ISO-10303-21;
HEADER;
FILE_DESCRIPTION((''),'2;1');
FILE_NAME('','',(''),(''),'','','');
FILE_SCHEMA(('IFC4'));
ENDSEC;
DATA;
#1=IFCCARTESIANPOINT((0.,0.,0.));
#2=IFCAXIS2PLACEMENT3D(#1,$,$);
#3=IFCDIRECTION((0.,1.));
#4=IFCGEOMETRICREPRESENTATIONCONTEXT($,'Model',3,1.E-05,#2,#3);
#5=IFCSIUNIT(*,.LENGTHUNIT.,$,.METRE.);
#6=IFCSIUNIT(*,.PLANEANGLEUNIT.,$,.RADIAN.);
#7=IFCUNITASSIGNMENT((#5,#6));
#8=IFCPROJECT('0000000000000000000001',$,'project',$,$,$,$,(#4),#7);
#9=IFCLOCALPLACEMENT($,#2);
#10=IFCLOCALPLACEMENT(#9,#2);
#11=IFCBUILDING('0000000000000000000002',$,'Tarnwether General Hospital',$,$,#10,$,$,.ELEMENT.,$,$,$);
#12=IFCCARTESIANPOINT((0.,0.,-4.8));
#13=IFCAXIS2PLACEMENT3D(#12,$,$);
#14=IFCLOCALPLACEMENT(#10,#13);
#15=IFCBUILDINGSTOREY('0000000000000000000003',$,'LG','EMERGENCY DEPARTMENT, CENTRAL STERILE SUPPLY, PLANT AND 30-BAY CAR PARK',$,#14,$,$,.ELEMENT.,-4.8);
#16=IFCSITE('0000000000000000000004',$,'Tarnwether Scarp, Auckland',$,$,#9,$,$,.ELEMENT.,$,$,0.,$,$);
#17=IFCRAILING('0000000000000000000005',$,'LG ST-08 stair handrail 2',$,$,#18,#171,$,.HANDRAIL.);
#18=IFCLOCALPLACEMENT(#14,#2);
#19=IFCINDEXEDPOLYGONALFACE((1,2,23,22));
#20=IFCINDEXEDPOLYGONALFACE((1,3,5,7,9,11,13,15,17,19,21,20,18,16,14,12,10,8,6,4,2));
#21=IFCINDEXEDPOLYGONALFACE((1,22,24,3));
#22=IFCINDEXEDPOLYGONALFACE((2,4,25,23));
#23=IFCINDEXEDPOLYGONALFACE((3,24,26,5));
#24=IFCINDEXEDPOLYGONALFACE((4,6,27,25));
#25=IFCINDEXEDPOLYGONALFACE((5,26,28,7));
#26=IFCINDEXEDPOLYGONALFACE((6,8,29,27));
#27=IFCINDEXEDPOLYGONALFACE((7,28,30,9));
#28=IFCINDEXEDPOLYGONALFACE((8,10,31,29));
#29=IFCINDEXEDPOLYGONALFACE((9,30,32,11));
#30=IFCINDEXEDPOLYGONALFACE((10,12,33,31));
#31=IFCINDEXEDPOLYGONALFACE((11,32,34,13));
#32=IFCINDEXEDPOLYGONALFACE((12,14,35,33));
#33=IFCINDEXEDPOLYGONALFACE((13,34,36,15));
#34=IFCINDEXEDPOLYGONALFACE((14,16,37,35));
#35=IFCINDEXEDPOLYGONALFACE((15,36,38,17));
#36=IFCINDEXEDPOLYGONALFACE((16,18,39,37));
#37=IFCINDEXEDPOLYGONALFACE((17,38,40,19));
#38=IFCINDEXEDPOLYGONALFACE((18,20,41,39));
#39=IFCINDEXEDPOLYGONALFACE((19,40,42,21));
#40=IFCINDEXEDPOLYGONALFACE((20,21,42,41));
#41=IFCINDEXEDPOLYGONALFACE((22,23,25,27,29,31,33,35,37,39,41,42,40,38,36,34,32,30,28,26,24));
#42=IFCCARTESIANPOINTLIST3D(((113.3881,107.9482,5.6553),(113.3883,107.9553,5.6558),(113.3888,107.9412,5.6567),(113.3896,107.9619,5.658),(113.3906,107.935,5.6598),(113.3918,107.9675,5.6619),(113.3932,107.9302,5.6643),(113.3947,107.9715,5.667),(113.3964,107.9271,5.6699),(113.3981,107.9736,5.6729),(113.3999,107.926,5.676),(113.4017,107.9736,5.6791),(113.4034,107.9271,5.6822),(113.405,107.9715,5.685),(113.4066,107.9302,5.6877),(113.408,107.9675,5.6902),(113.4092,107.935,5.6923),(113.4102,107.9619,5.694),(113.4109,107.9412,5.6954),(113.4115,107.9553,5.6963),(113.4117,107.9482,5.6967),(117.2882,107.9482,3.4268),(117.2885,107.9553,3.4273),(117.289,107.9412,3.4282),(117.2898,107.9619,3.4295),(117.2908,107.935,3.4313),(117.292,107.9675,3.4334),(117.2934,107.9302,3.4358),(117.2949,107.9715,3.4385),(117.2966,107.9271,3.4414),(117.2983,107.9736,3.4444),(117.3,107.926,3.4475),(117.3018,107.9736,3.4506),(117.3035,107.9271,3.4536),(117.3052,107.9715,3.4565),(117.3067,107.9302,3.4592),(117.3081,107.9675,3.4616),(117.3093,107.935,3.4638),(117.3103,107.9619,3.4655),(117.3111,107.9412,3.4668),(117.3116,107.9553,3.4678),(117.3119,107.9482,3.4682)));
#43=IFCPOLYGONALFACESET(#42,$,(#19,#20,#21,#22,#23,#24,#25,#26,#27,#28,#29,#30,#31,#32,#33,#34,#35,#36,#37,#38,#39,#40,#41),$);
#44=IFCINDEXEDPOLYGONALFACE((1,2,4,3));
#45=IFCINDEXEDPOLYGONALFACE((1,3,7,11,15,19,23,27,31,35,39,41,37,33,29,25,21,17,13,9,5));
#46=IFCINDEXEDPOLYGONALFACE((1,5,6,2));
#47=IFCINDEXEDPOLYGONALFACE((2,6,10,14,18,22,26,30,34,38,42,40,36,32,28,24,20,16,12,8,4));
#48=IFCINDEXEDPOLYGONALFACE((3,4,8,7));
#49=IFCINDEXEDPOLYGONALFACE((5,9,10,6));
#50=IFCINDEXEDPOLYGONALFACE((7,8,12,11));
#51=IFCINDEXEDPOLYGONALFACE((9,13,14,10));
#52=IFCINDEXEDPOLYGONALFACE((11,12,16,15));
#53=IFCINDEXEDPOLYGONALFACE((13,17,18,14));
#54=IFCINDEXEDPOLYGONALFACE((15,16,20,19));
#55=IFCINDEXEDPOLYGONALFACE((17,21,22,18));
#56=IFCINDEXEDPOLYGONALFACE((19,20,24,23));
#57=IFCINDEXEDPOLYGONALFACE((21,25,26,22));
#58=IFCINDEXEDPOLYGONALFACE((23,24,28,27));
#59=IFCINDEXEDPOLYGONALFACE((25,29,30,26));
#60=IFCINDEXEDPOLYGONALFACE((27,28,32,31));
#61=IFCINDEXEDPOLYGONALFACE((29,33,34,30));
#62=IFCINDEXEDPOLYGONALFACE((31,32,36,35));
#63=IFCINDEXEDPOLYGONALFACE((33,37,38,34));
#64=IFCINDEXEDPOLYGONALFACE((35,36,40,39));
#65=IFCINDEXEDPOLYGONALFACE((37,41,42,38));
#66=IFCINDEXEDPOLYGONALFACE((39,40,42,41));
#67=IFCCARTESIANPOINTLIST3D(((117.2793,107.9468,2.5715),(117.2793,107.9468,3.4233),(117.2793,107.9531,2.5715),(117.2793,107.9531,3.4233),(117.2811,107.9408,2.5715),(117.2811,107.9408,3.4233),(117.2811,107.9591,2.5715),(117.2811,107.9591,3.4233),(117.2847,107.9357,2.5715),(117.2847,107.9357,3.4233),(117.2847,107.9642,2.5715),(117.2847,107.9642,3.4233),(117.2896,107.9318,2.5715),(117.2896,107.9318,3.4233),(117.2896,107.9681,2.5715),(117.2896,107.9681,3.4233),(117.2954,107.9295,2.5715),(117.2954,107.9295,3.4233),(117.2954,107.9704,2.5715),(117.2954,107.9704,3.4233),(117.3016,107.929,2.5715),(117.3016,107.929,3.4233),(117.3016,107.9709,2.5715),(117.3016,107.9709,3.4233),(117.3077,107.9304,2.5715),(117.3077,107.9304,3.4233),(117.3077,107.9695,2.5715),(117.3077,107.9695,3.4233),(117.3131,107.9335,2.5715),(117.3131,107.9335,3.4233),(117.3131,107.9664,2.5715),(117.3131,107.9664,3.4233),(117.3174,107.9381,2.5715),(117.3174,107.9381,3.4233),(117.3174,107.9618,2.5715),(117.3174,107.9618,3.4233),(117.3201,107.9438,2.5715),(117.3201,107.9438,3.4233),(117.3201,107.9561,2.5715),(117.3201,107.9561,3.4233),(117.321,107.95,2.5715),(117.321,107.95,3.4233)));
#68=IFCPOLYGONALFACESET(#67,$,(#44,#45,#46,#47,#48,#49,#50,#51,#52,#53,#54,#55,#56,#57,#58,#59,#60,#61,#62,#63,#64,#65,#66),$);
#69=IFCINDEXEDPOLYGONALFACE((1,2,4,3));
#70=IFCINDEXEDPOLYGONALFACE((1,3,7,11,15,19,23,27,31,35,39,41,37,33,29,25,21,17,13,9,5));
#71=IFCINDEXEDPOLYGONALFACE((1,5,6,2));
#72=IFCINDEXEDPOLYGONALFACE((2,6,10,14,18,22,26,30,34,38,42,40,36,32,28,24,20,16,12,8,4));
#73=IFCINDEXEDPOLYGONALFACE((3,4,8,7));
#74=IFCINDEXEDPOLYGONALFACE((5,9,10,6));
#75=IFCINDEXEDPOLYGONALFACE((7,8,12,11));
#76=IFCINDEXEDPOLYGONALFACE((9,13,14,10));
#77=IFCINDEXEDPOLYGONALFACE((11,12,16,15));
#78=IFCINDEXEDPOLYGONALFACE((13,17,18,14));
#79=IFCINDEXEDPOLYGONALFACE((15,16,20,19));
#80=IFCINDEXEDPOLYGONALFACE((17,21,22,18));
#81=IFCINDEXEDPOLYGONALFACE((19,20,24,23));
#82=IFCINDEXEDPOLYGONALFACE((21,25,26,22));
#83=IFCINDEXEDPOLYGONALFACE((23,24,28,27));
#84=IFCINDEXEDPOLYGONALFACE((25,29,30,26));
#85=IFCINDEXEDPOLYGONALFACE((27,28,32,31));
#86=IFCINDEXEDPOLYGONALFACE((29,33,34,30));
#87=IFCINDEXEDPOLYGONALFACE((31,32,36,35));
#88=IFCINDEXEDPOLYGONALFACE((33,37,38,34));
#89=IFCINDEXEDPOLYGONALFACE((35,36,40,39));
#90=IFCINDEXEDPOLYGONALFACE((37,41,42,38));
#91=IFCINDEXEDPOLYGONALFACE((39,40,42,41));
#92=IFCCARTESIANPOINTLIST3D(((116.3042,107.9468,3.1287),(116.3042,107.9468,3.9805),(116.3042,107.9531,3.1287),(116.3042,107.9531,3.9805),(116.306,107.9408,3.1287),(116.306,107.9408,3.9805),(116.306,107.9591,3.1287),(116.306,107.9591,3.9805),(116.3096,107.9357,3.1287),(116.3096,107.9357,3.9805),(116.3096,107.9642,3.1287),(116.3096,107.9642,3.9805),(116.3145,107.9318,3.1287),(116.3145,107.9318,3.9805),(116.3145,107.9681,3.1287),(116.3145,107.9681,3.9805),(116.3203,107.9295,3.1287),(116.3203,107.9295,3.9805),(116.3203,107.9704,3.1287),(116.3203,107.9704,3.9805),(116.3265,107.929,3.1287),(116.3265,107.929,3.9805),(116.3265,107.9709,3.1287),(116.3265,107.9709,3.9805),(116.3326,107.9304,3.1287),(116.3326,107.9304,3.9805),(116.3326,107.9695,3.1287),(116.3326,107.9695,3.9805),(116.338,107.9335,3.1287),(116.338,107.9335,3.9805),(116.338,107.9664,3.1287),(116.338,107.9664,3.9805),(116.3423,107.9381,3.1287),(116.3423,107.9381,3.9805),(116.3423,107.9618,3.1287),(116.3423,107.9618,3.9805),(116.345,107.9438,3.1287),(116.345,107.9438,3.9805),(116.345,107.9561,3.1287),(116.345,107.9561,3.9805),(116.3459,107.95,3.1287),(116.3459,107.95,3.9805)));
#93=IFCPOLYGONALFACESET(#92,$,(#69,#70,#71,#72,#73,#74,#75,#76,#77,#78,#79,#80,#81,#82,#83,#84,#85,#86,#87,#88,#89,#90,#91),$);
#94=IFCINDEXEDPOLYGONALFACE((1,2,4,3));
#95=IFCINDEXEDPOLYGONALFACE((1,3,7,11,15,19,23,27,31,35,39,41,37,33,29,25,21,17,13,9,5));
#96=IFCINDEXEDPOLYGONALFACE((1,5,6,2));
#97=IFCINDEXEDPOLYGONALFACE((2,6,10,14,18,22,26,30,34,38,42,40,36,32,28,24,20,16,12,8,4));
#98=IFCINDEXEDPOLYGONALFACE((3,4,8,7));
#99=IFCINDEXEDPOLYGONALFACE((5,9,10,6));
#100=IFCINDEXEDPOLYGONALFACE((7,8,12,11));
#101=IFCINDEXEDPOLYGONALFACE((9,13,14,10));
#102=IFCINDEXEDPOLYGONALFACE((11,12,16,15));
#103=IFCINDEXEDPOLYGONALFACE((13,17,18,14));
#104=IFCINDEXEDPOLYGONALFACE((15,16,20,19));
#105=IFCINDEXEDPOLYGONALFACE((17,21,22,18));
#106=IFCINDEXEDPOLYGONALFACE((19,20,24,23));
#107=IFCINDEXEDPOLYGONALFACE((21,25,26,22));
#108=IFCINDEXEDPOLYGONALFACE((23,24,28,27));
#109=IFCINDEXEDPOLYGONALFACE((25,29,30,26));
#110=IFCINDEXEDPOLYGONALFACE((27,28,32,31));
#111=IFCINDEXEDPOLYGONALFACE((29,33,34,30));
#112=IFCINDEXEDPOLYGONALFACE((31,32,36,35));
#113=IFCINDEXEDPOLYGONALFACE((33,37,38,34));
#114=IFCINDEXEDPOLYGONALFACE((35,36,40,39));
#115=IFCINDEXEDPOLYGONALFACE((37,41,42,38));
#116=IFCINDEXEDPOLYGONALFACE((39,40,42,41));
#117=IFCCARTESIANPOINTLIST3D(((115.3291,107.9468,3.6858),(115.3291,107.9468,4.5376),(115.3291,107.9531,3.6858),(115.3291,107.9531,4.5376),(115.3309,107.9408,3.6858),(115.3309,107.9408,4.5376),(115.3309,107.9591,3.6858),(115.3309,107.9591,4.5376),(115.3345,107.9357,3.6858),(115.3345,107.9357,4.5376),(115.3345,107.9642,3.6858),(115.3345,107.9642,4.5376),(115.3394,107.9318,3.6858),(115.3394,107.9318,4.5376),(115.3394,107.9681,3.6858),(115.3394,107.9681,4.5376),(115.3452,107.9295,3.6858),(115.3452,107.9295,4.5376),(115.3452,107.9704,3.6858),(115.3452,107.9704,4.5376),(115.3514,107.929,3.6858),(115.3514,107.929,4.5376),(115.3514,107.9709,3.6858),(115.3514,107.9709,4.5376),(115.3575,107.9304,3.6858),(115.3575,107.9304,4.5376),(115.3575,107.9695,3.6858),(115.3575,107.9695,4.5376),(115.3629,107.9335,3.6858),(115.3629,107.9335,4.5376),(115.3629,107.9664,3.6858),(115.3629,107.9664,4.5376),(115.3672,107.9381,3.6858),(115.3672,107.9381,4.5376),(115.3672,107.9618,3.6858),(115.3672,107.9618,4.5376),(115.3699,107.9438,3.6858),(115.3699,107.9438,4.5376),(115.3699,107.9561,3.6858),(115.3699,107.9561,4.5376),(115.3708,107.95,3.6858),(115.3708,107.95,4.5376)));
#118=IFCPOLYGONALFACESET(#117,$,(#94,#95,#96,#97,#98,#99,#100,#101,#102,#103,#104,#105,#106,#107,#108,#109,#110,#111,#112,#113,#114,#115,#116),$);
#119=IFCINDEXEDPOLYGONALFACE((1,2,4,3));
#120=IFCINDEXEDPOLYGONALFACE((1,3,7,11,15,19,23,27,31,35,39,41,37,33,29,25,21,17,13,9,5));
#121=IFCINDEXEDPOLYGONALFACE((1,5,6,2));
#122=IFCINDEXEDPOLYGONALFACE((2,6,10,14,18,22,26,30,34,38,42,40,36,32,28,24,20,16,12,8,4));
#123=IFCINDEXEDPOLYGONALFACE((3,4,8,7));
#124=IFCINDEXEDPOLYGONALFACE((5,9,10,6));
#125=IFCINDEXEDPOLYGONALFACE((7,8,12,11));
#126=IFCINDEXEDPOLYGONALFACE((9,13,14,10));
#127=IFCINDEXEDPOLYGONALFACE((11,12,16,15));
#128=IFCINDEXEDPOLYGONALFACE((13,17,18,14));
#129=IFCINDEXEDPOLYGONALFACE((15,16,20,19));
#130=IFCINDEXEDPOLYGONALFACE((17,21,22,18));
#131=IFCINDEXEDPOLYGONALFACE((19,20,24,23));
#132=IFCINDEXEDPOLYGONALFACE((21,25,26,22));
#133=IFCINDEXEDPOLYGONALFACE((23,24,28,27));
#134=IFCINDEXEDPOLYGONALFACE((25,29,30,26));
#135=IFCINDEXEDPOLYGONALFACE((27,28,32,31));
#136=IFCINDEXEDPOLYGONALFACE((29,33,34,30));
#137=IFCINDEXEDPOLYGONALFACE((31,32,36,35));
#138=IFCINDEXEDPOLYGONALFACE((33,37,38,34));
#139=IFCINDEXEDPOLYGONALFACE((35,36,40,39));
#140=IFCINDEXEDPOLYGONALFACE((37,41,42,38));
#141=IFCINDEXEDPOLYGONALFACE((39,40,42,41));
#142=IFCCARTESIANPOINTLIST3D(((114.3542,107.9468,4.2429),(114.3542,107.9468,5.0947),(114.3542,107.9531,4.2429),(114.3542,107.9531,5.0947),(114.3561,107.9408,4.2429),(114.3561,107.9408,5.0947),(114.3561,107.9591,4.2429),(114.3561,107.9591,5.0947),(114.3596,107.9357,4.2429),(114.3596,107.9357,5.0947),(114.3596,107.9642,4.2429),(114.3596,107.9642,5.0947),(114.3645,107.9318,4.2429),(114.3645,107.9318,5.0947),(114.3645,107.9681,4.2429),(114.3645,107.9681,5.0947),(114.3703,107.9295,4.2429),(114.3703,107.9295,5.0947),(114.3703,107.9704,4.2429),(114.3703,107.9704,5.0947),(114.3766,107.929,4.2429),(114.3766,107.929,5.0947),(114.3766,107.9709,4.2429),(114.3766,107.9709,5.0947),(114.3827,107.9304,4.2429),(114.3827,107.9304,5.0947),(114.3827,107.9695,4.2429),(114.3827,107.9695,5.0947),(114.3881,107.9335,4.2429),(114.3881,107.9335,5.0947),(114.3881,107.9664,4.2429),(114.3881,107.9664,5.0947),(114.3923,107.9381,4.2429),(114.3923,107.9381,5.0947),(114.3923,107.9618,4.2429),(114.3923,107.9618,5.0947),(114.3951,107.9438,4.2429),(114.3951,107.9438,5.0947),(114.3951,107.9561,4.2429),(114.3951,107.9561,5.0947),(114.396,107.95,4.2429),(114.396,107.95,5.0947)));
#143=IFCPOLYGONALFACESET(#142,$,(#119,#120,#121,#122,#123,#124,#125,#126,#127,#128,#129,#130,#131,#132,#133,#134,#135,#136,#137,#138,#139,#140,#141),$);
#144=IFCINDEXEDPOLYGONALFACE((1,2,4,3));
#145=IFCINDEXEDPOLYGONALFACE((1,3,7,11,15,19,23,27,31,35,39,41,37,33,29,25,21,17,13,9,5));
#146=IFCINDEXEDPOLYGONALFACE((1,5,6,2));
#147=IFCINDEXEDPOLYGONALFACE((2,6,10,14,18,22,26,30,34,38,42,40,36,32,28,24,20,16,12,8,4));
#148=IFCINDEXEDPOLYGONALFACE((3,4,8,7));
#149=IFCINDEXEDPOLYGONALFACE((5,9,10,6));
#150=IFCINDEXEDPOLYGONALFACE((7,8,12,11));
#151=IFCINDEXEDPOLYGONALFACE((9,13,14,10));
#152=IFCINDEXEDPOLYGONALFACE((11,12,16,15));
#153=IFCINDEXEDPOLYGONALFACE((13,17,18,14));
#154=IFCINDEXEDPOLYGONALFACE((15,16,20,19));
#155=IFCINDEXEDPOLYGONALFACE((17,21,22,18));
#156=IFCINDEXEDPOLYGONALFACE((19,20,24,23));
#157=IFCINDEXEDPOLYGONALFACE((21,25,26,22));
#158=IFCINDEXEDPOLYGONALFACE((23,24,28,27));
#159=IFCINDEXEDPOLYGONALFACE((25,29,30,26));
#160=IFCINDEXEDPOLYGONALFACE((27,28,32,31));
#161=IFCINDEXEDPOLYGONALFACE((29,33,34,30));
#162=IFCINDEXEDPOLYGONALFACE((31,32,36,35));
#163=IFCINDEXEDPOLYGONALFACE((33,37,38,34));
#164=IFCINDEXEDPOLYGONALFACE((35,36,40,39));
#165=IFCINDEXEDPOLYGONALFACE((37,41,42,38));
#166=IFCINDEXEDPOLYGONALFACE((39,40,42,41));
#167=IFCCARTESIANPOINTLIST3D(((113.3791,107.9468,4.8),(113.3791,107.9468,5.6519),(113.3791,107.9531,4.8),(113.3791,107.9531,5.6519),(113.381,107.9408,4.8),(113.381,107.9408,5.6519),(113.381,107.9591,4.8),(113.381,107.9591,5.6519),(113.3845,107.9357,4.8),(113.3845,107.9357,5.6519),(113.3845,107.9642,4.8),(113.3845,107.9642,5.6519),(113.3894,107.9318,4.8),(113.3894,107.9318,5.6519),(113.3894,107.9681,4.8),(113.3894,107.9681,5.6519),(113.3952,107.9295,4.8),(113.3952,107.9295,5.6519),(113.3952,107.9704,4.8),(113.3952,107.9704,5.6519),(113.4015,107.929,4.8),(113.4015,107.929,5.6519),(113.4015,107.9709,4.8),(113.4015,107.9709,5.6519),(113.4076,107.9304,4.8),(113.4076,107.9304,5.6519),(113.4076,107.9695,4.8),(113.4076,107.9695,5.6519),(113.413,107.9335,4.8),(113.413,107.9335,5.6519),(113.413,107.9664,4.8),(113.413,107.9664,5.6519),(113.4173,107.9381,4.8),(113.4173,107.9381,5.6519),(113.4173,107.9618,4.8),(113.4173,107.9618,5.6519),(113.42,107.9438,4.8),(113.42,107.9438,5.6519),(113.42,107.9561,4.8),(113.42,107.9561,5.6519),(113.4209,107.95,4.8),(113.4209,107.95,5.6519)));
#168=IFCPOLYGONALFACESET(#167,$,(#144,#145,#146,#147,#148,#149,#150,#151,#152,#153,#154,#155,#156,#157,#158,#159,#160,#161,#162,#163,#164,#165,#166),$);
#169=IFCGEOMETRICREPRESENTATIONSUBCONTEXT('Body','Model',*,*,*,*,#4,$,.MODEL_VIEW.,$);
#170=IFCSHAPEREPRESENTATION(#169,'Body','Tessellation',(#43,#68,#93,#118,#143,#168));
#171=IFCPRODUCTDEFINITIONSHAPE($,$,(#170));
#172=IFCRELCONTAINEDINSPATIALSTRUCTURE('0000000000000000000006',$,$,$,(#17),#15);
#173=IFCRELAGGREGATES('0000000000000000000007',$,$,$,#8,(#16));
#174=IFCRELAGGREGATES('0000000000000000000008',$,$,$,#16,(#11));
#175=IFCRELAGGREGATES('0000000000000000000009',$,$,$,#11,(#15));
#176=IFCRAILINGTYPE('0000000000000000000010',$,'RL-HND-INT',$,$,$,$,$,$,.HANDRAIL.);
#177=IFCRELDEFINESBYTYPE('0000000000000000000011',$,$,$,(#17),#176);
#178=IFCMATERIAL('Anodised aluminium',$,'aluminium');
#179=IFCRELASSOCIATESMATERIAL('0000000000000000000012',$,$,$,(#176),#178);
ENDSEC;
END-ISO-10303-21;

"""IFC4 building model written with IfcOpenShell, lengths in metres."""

from ifc_helpers import new_model, si_unit, direction, frame, origin, origin_2d, place, context, subcontext, project, spatial, circle, extrude, material, type_object, element, save


model = new_model("IFC4")

# Units and contexts
model_context = context("Model", 3, precision=1e-05, world=origin(), true_north=direction((0.0, 1.0)))
body_context = subcontext(model_context, "Body", "Model", "MODEL_VIEW")
ifc_project = project(units=[si_unit("LENGTHUNIT", "METRE"), si_unit("PLANEANGLEUNIT", "RADIAN")], contexts=[model_context])

# Site, building, storey
site_placement = place(None, origin())
site = spatial("IfcSite", under=ifc_project, at=site_placement, Name="Tarnwether Scarp, Auckland", CompositionType="ELEMENT", RefElevation=0.0)
building_placement = place(site_placement, origin())
building = spatial("IfcBuilding", under=site, at=building_placement, Name="Tarnwether General Hospital", CompositionType="ELEMENT")
storey_placement = place(building_placement, frame((0.0, 0.0, -4.8)))
storey = spatial("IfcBuildingStorey", under=building, at=storey_placement, Name="LG", Description="EMERGENCY DEPARTMENT, CENTRAL STERILE SUPPLY, PLANT AND 30-BAY CAR PARK", CompositionType="ELEMENT", Elevation=-4.8)

# Railing
ifc_material_1 = material(Name="Anodised aluminium", Category="aluminium")
railing_type_1 = type_object("IfcRailingType", Name="RL-HND-INT", PredefinedType="HANDRAIL", material=ifc_material_1)
railing_1_placement = place(storey_placement, frame((117.3, 107.95, 2.5715)))
element("IfcRailing", 1, at=railing_1_placement, inside=storey, type_object=railing_type_1, Name="LG ST-08 stair handrail 2", PredefinedType="HANDRAIL", context=body_context, shape_type="SweptSolid", body=[
    extrude(circle(Radius=0.0239, at=origin_2d()), frame((0.0, 0.0, 0.876), z_axis=(-0.868257, 0.0, 0.496116), x_axis=(0.0, -1.0, 0.0)), (0.0, 0.0, 1.0), 4.4919),
    extrude(circle(Radius=0.021, at=origin_2d()), origin(), (0.0, 0.0, 1.0), 0.8518),
    extrude(circle(Radius=0.021, at=origin_2d()), frame((-0.9751, 0.0, 0.5571)), (0.0, 0.0, 1.0), 0.8518),
    extrude(circle(Radius=0.021, at=origin_2d()), frame((-1.9502, 0.0, 1.1143)), (0.0, 0.0, 1.0), 0.8518),
    extrude(circle(Radius=0.021, at=origin_2d()), frame((-2.925, 0.0, 1.6714)), (0.0, 0.0, 1.0), 0.8518),
    extrude(circle(Radius=0.021, at=origin_2d()), frame((-3.9001, 0.0, 2.2285)), (0.0, 0.0, 1.0), 0.8518),
])

save(model, "model.ifc")
